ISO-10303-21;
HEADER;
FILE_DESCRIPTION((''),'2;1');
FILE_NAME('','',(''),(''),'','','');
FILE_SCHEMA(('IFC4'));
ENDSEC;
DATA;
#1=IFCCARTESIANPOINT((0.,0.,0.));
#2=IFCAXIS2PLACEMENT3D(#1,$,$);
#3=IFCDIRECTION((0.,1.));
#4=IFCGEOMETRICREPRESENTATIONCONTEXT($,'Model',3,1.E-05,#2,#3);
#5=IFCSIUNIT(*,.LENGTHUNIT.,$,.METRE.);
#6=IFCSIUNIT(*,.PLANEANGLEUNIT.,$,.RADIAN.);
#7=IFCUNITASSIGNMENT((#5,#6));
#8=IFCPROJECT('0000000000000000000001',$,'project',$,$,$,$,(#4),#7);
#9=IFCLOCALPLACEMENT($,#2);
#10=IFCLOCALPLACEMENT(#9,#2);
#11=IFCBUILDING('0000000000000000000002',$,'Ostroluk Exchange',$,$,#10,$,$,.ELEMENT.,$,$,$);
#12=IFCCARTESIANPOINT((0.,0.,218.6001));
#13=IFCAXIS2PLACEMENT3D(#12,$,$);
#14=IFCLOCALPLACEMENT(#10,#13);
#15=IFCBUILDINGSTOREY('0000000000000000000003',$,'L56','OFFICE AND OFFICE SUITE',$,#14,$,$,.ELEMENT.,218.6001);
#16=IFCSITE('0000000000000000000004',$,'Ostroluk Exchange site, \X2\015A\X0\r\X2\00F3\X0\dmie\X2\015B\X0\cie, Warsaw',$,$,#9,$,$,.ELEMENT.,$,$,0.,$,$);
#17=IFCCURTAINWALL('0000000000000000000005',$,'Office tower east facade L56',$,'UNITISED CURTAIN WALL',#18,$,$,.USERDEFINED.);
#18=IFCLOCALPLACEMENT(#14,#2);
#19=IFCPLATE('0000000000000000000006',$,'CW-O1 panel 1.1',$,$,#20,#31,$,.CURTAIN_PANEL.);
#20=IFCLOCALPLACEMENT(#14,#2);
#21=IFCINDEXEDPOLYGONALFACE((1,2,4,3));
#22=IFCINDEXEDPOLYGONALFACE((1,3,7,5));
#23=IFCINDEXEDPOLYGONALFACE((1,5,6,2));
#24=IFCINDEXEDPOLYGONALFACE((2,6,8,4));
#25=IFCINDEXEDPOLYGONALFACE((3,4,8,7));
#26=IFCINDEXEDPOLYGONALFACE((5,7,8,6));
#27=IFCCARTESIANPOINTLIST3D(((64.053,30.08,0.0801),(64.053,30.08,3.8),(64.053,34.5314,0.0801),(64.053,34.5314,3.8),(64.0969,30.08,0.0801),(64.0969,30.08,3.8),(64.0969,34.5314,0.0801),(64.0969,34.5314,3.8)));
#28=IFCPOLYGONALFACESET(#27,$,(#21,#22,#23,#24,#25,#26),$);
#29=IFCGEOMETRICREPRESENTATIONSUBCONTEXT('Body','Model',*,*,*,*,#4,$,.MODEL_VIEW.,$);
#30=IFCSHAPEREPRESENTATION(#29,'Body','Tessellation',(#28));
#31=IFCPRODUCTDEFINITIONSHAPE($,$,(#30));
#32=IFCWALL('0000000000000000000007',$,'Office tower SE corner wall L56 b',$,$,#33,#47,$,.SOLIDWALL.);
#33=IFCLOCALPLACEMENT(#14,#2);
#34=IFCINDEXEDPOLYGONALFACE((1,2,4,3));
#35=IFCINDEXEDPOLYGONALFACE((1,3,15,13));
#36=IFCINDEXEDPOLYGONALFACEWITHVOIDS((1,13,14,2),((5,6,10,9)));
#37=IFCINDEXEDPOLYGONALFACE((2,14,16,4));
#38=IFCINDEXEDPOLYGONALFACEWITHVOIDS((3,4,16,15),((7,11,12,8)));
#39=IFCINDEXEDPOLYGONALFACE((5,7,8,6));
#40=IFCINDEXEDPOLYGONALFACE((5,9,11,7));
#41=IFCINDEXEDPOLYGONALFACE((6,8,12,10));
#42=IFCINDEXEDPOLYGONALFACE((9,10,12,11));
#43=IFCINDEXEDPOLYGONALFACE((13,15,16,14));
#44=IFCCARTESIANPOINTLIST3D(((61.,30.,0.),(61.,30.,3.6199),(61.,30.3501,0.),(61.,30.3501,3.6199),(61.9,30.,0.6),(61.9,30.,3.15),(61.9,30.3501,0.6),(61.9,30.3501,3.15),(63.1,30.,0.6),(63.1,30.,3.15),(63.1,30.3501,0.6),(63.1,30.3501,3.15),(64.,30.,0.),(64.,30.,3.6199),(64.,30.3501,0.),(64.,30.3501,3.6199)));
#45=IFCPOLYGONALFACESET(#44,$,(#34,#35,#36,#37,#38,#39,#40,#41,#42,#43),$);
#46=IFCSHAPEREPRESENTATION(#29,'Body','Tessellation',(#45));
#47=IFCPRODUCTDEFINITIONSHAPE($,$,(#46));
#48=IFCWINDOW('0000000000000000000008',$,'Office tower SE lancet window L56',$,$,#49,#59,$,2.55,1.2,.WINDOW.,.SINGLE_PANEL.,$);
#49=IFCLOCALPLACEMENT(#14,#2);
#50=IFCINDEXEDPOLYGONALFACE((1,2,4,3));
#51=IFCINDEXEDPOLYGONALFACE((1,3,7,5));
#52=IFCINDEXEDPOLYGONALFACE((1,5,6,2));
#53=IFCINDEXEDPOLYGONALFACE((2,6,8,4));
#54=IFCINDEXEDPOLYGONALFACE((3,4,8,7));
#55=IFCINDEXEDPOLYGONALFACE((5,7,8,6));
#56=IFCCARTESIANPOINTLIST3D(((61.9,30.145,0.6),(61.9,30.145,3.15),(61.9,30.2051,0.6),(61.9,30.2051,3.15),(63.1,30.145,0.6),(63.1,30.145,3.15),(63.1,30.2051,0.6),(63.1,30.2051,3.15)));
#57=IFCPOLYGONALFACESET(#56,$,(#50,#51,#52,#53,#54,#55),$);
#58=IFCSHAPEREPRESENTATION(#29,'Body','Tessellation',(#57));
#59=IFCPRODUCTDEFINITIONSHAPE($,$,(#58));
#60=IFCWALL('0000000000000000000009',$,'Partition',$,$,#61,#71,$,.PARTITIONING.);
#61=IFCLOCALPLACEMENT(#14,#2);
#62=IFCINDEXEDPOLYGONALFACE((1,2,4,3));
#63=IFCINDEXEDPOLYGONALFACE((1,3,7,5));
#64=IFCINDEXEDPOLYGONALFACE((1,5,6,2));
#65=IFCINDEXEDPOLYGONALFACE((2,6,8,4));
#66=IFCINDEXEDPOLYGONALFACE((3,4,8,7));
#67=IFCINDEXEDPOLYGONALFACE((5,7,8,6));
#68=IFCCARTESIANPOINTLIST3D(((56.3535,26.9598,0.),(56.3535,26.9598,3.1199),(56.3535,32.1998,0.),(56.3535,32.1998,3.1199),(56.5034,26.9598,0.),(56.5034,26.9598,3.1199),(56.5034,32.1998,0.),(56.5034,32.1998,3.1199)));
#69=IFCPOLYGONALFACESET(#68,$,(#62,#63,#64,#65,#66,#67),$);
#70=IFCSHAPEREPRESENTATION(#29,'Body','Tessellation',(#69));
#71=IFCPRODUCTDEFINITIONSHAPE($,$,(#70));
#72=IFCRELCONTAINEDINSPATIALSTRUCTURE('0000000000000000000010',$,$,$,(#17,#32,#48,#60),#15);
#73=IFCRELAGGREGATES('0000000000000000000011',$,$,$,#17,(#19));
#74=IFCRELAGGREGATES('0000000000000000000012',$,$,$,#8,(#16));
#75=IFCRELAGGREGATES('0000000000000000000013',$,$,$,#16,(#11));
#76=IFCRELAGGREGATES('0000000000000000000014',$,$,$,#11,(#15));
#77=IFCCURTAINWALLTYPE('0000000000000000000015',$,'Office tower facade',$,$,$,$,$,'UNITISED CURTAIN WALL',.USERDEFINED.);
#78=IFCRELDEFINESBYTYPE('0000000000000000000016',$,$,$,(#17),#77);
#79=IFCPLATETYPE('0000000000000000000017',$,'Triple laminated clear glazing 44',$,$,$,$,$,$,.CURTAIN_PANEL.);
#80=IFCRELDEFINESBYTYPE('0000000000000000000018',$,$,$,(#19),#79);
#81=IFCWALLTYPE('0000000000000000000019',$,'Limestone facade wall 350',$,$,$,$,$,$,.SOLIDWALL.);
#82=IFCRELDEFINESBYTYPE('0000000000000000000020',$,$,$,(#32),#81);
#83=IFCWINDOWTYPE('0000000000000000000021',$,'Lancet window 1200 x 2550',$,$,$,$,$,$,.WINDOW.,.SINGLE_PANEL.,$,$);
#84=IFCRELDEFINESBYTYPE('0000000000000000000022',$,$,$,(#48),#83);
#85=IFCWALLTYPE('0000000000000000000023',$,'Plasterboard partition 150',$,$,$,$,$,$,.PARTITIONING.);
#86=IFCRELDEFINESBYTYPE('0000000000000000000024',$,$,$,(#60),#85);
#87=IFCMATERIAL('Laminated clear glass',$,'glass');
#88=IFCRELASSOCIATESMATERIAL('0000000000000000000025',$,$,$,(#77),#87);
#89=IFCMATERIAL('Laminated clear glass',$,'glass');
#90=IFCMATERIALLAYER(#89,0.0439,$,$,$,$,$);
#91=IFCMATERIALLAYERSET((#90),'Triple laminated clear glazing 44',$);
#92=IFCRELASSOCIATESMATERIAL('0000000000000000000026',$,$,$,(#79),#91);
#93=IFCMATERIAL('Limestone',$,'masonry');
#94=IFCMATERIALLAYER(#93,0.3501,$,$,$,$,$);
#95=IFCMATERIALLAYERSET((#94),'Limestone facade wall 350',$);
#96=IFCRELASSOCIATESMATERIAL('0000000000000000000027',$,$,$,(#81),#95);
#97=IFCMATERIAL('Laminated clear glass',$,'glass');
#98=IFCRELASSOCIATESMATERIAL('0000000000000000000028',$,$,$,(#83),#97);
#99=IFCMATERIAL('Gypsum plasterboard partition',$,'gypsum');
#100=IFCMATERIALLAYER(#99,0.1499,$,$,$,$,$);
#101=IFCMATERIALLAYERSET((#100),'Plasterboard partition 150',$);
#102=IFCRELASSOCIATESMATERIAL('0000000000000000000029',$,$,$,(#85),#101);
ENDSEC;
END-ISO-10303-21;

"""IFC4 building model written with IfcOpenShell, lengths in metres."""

from ifc_helpers import new_model, si_unit, direction, frame, frame_2d, origin, origin_2d, place, context, subcontext, project, spatial, rectangle, extrude, material, layer, layer_set, type_object, element, fill, aggregate, save


model = new_model("IFC4")

# Units and contexts
model_context = context("Model", 3, precision=1e-05, world=origin(), true_north=direction((0.0, 1.0)))
body_context = subcontext(model_context, "Body", "Model", "MODEL_VIEW")
ifc_project = project(units=[si_unit("LENGTHUNIT", "METRE"), si_unit("PLANEANGLEUNIT", "RADIAN")], contexts=[model_context])

# Site, building, storey
site_placement = place(None, origin())
site = spatial("IfcSite", under=ifc_project, at=site_placement, Name="Ostroluk Exchange site, Śródmieście, Warsaw", CompositionType="ELEMENT", RefElevation=0.0)
building_placement = place(site_placement, origin())
building = spatial("IfcBuilding", under=site, at=building_placement, Name="Ostroluk Exchange", CompositionType="ELEMENT")
storey_placement = place(building_placement, frame((0.0, 0.0, 218.6001)))
storey = spatial("IfcBuildingStorey", under=building, at=storey_placement, Name="L56", Description="OFFICE AND OFFICE SUITE", CompositionType="ELEMENT", Elevation=218.6001)

# Curtain wall
ifc_material_1 = material(Name="Laminated clear glass", Category="glass")
curtain_wall_type = type_object("IfcCurtainWallType", Name="Office tower facade", ElementType="UNITISED CURTAIN WALL", PredefinedType="USERDEFINED", material=ifc_material_1)
curtain_wall_1_placement = place(storey_placement, origin())
curtain_wall_1 = element("IfcCurtainWall", 1, at=curtain_wall_1_placement, inside=storey, type_object=curtain_wall_type, Name="Office tower east facade L56", ObjectType="UNITISED CURTAIN WALL", PredefinedType="USERDEFINED")

# Plate
ifc_material_2 = material(Name="Laminated clear glass", Category="glass")
ifc_layer_1 = layer(ifc_material_2, 0.0439)
ifc_layer_set_1 = layer_set([ifc_layer_1], Name="Triple laminated clear glazing 44")
plate_type_1 = type_object("IfcPlateType", Name="Triple laminated clear glazing 44", PredefinedType="CURTAIN_PANEL", material=ifc_layer_set_1)
plate_1_placement = place(storey_placement, frame((64.075, 32.3057, 0.0801), z_axis=(0.0, 0.0, 1.0), x_axis=(0.0, 1.0, 0.0)))
plate_1 = element("IfcPlate", 2, at=plate_1_placement, type_object=plate_type_1, Name="CW-O1 panel 1.1", PredefinedType="CURTAIN_PANEL", context=body_context, shape_type="SweptSolid", body=[
    extrude(rectangle(XDim=4.4514, YDim=0.0439, at=origin_2d()), origin(), (0.0, 0.0, 1.0), 3.72),
])
aggregate(curtain_wall_1, [plate_1])

# Shared definitions
ifc_material_3 = material(Name="Limestone", Category="masonry")
ifc_layer_2 = layer(ifc_material_3, 0.3501)
ifc_layer_set_2 = layer_set([ifc_layer_2], Name="Limestone facade wall 350")
wall_type_1 = type_object("IfcWallType", Name="Limestone facade wall 350", PredefinedType="SOLIDWALL", material=ifc_layer_set_2)

# Wall, opening, window
wall_1_placement = place(storey_placement, frame((61.0, 30.175, 0.0), z_axis=(0.0, 0.0, 1.0), x_axis=(1.0, 0.0, 0.0)))
wall_1 = element("IfcWall", 3, at=wall_1_placement, inside=storey, type_object=wall_type_1, Name="Office tower SE corner wall L56 b", PredefinedType="SOLIDWALL", context=body_context, shape_type="SweptSolid", body=[
    extrude(rectangle(XDim=3.0, YDim=0.3501, at=frame_2d((1.5, 0.0))), origin(), (0.0, 0.0, 1.0), 3.6199),
])
opening_1_placement = place(wall_1_placement, frame((0.8999, 0.0, 0.6001)))
opening_1 = element("IfcOpeningElement", 4, at=opening_1_placement, cuts=wall_1, PredefinedType="OPENING", context=body_context, shape_type="SweptSolid", body=[
    extrude(rectangle(XDim=1.2, YDim=2.55, at=frame_2d((0.6001, 1.2749))), frame((0.0, 0.1851, 0.0), z_axis=(0.0, -1.0, 0.0), x_axis=(1.0, 0.0, 0.0)), (0.0, 0.0, 1.0), 0.3701),
])
ifc_material_4 = material(Name="Laminated clear glass", Category="glass")
window_type = type_object("IfcWindowType", Name="Lancet window 1200 x 2550", PartitioningType="SINGLE_PANEL", PredefinedType="WINDOW", material=ifc_material_4)
window_placement = place(opening_1_placement, origin())
window = element("IfcWindow", 5, at=window_placement, inside=storey, type_object=window_type, Name="Office tower SE lancet window L56", OverallHeight=2.55, OverallWidth=1.2, PartitioningType="SINGLE_PANEL", PredefinedType="WINDOW", context=body_context, shape_type="SweptSolid", body=[
    extrude(rectangle(XDim=1.2, YDim=2.55, at=frame_2d((0.6001, 1.2749))), frame((0.0, 0.03, 0.0), z_axis=(0.0, -1.0, 0.0), x_axis=(1.0, 0.0, 0.0)), (0.0, 0.0, 1.0), 0.0601),
])
fill(opening_1, window)

# Wall
ifc_material_5 = material(Name="Gypsum plasterboard partition", Category="gypsum")
ifc_layer_3 = layer(ifc_material_5, 0.1499)
ifc_layer_set_3 = layer_set([ifc_layer_3], Name="Plasterboard partition 150")
wall_type_2 = type_object("IfcWallType", Name="Plasterboard partition 150", PredefinedType="PARTITIONING", material=ifc_layer_set_3)
wall_2_placement = place(storey_placement, frame((56.4285, 32.2, 0.0), z_axis=(0.0, 0.0, 1.0), x_axis=(0.0, -1.0, 0.0)))
element("IfcWall", 6, at=wall_2_placement, inside=storey, type_object=wall_type_2, Name="Partition", PredefinedType="PARTITIONING", context=body_context, shape_type="SweptSolid", body=[
    extrude(rectangle(XDim=5.24, YDim=0.1499, at=frame_2d((2.6201, 0.0))), origin(), (0.0, 0.0, 1.0), 3.1199),
])

save(model, "model.ifc")
